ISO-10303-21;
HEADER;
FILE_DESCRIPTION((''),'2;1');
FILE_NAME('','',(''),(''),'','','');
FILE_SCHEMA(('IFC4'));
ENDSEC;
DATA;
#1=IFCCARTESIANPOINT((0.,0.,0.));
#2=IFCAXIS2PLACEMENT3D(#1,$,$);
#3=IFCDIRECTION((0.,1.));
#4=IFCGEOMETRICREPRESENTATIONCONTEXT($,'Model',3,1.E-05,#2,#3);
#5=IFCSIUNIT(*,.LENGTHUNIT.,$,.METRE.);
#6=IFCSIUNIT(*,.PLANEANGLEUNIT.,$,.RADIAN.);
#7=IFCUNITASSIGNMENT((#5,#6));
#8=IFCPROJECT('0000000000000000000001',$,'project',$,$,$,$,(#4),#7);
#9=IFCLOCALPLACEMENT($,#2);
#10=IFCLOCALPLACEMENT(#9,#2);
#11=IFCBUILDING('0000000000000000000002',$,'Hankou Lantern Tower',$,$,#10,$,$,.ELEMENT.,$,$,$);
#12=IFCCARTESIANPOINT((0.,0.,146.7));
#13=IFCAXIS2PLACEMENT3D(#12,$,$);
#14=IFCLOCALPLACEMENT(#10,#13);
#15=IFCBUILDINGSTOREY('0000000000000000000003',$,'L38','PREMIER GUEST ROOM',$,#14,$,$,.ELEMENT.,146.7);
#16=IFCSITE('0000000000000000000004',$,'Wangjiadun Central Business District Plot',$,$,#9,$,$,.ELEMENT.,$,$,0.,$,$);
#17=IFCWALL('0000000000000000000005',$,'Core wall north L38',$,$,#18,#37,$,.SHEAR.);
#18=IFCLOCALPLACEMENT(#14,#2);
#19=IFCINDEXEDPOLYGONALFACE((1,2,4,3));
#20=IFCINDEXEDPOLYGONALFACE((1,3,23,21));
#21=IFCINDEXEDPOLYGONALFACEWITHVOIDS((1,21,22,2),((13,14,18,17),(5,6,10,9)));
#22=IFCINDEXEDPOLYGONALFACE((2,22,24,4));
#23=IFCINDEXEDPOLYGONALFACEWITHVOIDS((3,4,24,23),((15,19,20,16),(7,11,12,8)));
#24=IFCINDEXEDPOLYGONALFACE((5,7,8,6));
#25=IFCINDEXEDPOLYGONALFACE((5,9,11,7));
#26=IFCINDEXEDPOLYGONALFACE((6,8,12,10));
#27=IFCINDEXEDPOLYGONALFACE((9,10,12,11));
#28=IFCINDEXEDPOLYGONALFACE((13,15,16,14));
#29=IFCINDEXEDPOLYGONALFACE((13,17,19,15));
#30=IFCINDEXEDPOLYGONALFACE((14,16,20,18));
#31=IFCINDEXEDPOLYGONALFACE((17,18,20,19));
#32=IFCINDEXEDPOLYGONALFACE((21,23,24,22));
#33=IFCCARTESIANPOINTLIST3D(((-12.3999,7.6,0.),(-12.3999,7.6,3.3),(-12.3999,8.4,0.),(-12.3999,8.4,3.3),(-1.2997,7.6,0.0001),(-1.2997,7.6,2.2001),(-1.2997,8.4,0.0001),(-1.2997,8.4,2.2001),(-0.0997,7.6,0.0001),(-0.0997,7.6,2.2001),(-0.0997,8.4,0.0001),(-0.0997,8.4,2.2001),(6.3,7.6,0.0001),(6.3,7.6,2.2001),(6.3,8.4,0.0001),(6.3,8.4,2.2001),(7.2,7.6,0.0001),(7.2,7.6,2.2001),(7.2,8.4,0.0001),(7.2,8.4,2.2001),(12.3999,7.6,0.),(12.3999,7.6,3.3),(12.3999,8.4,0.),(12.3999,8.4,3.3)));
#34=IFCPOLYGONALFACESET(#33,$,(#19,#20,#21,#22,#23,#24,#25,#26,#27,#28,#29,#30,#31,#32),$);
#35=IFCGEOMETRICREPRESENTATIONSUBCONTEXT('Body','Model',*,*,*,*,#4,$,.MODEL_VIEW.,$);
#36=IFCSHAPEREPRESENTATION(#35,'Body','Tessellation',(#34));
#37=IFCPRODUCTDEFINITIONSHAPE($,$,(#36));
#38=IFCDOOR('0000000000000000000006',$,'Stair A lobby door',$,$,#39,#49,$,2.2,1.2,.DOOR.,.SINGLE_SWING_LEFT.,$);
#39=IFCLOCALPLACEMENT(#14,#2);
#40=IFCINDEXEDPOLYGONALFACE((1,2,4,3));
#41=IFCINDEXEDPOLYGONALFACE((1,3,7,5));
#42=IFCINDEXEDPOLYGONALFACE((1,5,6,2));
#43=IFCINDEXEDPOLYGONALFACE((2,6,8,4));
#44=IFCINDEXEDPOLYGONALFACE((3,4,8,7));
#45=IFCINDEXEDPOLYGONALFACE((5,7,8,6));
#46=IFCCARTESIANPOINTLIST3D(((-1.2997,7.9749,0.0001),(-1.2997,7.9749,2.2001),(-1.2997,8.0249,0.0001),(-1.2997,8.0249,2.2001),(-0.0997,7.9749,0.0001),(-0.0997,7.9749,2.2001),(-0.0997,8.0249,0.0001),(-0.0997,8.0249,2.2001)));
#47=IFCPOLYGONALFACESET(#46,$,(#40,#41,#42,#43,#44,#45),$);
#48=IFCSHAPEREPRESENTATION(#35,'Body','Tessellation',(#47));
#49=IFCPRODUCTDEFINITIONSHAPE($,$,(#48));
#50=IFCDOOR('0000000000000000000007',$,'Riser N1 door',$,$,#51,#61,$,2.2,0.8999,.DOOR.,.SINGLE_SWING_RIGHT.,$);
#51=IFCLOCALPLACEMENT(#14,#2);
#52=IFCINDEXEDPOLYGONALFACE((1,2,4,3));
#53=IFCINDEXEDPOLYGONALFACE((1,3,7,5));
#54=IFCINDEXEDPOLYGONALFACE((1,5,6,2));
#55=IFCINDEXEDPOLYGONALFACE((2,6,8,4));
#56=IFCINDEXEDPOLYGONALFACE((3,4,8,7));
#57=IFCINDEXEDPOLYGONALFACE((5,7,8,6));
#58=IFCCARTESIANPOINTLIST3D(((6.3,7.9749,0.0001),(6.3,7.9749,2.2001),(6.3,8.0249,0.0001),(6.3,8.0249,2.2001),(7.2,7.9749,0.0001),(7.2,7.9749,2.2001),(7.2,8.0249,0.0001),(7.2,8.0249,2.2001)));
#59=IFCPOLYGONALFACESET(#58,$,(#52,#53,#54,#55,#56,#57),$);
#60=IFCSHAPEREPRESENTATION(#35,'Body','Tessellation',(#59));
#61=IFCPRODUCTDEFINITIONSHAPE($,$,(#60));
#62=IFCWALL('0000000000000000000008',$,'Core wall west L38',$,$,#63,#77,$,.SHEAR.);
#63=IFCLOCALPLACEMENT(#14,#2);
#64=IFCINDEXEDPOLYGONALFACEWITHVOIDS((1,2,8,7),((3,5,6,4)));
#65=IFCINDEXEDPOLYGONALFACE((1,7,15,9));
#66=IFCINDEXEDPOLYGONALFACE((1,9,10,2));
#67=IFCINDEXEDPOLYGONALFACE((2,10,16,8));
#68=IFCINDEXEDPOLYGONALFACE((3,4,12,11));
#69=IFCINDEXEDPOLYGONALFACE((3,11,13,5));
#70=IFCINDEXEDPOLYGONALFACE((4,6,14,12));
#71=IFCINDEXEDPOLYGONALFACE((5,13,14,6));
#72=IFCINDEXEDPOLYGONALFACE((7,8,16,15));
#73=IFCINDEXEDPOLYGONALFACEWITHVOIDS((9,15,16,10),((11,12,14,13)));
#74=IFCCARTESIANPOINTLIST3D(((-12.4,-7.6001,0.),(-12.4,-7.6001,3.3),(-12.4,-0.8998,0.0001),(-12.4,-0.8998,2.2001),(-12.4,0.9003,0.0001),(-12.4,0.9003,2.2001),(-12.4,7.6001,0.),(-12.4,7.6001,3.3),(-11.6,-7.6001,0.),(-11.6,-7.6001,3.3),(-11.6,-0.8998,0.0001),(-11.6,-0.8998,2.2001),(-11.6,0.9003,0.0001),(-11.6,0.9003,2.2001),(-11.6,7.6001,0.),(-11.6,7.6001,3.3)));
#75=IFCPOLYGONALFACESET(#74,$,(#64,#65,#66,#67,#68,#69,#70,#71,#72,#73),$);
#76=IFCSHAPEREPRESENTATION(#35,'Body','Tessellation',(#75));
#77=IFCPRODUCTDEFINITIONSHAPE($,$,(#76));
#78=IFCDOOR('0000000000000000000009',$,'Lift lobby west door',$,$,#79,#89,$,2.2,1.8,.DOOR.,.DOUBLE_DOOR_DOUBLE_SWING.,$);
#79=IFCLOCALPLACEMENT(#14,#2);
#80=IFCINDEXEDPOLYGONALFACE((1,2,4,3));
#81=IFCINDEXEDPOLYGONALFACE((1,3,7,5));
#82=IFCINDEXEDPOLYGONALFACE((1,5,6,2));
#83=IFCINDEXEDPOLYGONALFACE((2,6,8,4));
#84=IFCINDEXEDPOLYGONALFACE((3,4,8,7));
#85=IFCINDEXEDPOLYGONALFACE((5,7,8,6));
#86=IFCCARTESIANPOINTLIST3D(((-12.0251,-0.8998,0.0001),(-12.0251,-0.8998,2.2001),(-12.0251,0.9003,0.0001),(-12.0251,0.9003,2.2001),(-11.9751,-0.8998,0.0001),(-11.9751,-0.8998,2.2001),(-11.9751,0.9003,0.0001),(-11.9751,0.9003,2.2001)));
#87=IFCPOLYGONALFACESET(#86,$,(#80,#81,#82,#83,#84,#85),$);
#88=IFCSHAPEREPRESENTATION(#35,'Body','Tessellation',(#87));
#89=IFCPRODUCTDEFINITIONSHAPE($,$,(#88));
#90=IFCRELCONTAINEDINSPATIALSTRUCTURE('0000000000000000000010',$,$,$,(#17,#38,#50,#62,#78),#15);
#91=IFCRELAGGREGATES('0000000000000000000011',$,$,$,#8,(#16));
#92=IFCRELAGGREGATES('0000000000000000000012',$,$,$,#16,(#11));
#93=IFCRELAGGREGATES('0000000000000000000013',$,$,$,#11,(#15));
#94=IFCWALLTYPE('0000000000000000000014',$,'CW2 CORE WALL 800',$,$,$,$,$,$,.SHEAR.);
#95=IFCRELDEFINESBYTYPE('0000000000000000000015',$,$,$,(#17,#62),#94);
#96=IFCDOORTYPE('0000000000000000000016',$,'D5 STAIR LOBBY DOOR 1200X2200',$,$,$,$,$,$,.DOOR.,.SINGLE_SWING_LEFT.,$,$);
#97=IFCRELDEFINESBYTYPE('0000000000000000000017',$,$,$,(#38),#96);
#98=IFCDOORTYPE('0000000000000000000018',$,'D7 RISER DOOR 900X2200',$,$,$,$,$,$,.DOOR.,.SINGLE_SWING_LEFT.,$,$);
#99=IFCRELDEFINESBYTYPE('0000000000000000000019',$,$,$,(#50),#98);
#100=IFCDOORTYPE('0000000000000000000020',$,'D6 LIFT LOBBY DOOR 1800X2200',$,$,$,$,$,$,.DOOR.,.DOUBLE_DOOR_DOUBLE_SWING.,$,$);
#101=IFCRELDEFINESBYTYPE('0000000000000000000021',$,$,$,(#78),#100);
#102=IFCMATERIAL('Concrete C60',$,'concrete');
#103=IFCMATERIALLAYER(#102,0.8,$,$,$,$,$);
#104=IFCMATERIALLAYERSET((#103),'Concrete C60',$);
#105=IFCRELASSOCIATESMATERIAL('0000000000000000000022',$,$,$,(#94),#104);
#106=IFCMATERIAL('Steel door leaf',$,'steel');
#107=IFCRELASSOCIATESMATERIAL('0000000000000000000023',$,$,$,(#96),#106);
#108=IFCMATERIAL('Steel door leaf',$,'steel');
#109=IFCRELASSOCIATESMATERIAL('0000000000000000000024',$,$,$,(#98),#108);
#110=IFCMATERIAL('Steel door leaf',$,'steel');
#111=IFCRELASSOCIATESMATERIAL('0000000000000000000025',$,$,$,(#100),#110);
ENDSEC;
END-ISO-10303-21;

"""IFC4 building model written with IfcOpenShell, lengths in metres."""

from ifc_helpers import new_model, si_unit, direction, frame, frame_2d, origin, place, context, subcontext, project, spatial, rectangle, extrude, material, layer, layer_set, type_object, element, fill, save


model = new_model("IFC4")

# Units and contexts
model_context = context("Model", 3, precision=1e-05, world=origin(), true_north=direction((0.0, 1.0)))
body_context = subcontext(model_context, "Body", "Model", "MODEL_VIEW")
ifc_project = project(units=[si_unit("LENGTHUNIT", "METRE"), si_unit("PLANEANGLEUNIT", "RADIAN")], contexts=[model_context])

# Site, building, storey
site_placement = place(None, origin())
site = spatial("IfcSite", under=ifc_project, at=site_placement, Name="Wangjiadun Central Business District Plot", CompositionType="ELEMENT", RefElevation=0.0)
building_placement = place(site_placement, origin())
building = spatial("IfcBuilding", under=site, at=building_placement, Name="Hankou Lantern Tower", CompositionType="ELEMENT")
storey_placement = place(building_placement, frame((0.0, 0.0, 146.7)))
storey = spatial("IfcBuildingStorey", under=building, at=storey_placement, Name="L38", Description="PREMIER GUEST ROOM", CompositionType="ELEMENT", Elevation=146.7)

# Wall, openings, doors
ifc_material_1 = material(Name="Concrete C60", Category="concrete")
ifc_layer_1 = layer(ifc_material_1, 0.8)
ifc_layer_set_1 = layer_set([ifc_layer_1], Name="Concrete C60")
wall_type_1 = type_object("IfcWallType", Name="CW2 CORE WALL 800", PredefinedType="SHEAR", material=ifc_layer_set_1)
wall_1_placement = place(storey_placement, frame((-12.3999, 8.0, 0.0), z_axis=(0.0, 0.0, 1.0), x_axis=(1.0, 0.0, 0.0)))
wall_1 = element("IfcWall", 1, at=wall_1_placement, inside=storey, type_object=wall_type_1, Name="Core wall north L38", PredefinedType="SHEAR", context=body_context, shape_type="SweptSolid", body=[
    extrude(rectangle(XDim=24.7998, YDim=0.8, at=frame_2d((12.3999, 0.0))), origin(), (0.0, 0.0, 1.0), 3.3),
])
opening_1_placement = place(wall_1_placement, frame((11.1001, 0.0, 0.0)))
opening_1 = element("IfcOpeningElement", 2, at=opening_1_placement, cuts=wall_1, PredefinedType="OPENING", context=body_context, shape_type="SweptSolid", body=[
    extrude(rectangle(XDim=1.2, YDim=2.2, at=frame_2d((0.6001, 1.1001))), frame((0.0, 0.4099, 0.0), z_axis=(0.0, -1.0, 0.0), x_axis=(1.0, 0.0, 0.0)), (0.0, 0.0, 1.0), 0.8201),
])
opening_2_placement = place(wall_1_placement, frame((18.7, 0.0, 0.0)))
opening_2 = element("IfcOpeningElement", 3, at=opening_2_placement, cuts=wall_1, PredefinedType="OPENING", context=body_context, shape_type="SweptSolid", body=[
    extrude(rectangle(XDim=0.8999, YDim=2.2, at=frame_2d((0.45, 1.1001))), frame((0.0, 0.4099, 0.0), z_axis=(0.0, -1.0, 0.0), x_axis=(1.0, 0.0, 0.0)), (0.0, 0.0, 1.0), 0.8201),
])
ifc_material_2 = material(Name="Steel door leaf", Category="steel")
door_type_1 = type_object("IfcDoorType", Name="D5 STAIR LOBBY DOOR 1200X2200", OperationType="SINGLE_SWING_LEFT", PredefinedType="DOOR", material=ifc_material_2)
door_1_placement = place(opening_1_placement, origin())
door_1 = element("IfcDoor", 4, at=door_1_placement, inside=storey, type_object=door_type_1, Name="Stair A lobby door", OperationType="SINGLE_SWING_LEFT", OverallHeight=2.2, OverallWidth=1.2, PredefinedType="DOOR", context=body_context, shape_type="SweptSolid", body=[
    extrude(rectangle(XDim=1.2, YDim=2.2, at=frame_2d((0.6001, 1.1001))), frame((0.0, 0.0249, 0.0), z_axis=(0.0, -1.0, 0.0), x_axis=(1.0, 0.0, 0.0)), (0.0, 0.0, 1.0), 0.05),
])
fill(opening_1, door_1)
ifc_material_3 = material(Name="Steel door leaf", Category="steel")
door_type_2 = type_object("IfcDoorType", Name="D7 RISER DOOR 900X2200", OperationType="SINGLE_SWING_LEFT", PredefinedType="DOOR", material=ifc_material_3)
door_2_placement = place(opening_2_placement, origin())
door_2 = element("IfcDoor", 5, at=door_2_placement, inside=storey, type_object=door_type_2, Name="Riser N1 door", OperationType="SINGLE_SWING_RIGHT", OverallHeight=2.2, OverallWidth=0.8999, PredefinedType="DOOR", context=body_context, shape_type="SweptSolid", body=[
    extrude(rectangle(XDim=0.8999, YDim=2.2, at=frame_2d((0.45, 1.1001))), frame((0.0, 0.0249, 0.0), z_axis=(0.0, -1.0, 0.0), x_axis=(1.0, 0.0, 0.0)), (0.0, 0.0, 1.0), 0.05),
])
fill(opening_2, door_2)

# Wall, opening, door
wall_2_placement = place(storey_placement, frame((-12.0, 7.6001, 0.0), z_axis=(0.0, 0.0, 1.0), x_axis=(0.0, -1.0, 0.0)))
wall_2 = element("IfcWall", 6, at=wall_2_placement, inside=storey, type_object=wall_type_1, Name="Core wall west L38", PredefinedType="SHEAR", context=body_context, shape_type="SweptSolid", body=[
    extrude(rectangle(XDim=15.2002, YDim=0.8, at=frame_2d((7.6001, 0.0))), origin(), (0.0, 0.0, 1.0), 3.3),
])
opening_3_placement = place(wall_2_placement, frame((6.7, 0.0, 0.0)))
opening_3 = element("IfcOpeningElement", 7, at=opening_3_placement, cuts=wall_2, PredefinedType="OPENING", context=body_context, shape_type="SweptSolid", body=[
    extrude(rectangle(XDim=1.8, YDim=2.2, at=frame_2d((0.8999, 1.1001))), frame((0.0, 0.4099, 0.0), z_axis=(0.0, -1.0, 0.0), x_axis=(1.0, 0.0, 0.0)), (0.0, 0.0, 1.0), 0.8201),
])
ifc_material_4 = material(Name="Steel door leaf", Category="steel")
door_type_3 = type_object("IfcDoorType", Name="D6 LIFT LOBBY DOOR 1800X2200", OperationType="DOUBLE_DOOR_DOUBLE_SWING", PredefinedType="DOOR", material=ifc_material_4)
door_3_placement = place(opening_3_placement, origin())
door_3 = element("IfcDoor", 8, at=door_3_placement, inside=storey, type_object=door_type_3, Name="Lift lobby west door", OperationType="DOUBLE_DOOR_DOUBLE_SWING", OverallHeight=2.2, OverallWidth=1.8, PredefinedType="DOOR", context=body_context, shape_type="SweptSolid", body=[
    extrude(rectangle(XDim=1.8, YDim=2.2, at=frame_2d((0.8999, 1.1001))), frame((0.0, 0.0249, 0.0), z_axis=(0.0, -1.0, 0.0), x_axis=(1.0, 0.0, 0.0)), (0.0, 0.0, 1.0), 0.05),
])
fill(opening_3, door_3)

save(model, "model.ifc")
